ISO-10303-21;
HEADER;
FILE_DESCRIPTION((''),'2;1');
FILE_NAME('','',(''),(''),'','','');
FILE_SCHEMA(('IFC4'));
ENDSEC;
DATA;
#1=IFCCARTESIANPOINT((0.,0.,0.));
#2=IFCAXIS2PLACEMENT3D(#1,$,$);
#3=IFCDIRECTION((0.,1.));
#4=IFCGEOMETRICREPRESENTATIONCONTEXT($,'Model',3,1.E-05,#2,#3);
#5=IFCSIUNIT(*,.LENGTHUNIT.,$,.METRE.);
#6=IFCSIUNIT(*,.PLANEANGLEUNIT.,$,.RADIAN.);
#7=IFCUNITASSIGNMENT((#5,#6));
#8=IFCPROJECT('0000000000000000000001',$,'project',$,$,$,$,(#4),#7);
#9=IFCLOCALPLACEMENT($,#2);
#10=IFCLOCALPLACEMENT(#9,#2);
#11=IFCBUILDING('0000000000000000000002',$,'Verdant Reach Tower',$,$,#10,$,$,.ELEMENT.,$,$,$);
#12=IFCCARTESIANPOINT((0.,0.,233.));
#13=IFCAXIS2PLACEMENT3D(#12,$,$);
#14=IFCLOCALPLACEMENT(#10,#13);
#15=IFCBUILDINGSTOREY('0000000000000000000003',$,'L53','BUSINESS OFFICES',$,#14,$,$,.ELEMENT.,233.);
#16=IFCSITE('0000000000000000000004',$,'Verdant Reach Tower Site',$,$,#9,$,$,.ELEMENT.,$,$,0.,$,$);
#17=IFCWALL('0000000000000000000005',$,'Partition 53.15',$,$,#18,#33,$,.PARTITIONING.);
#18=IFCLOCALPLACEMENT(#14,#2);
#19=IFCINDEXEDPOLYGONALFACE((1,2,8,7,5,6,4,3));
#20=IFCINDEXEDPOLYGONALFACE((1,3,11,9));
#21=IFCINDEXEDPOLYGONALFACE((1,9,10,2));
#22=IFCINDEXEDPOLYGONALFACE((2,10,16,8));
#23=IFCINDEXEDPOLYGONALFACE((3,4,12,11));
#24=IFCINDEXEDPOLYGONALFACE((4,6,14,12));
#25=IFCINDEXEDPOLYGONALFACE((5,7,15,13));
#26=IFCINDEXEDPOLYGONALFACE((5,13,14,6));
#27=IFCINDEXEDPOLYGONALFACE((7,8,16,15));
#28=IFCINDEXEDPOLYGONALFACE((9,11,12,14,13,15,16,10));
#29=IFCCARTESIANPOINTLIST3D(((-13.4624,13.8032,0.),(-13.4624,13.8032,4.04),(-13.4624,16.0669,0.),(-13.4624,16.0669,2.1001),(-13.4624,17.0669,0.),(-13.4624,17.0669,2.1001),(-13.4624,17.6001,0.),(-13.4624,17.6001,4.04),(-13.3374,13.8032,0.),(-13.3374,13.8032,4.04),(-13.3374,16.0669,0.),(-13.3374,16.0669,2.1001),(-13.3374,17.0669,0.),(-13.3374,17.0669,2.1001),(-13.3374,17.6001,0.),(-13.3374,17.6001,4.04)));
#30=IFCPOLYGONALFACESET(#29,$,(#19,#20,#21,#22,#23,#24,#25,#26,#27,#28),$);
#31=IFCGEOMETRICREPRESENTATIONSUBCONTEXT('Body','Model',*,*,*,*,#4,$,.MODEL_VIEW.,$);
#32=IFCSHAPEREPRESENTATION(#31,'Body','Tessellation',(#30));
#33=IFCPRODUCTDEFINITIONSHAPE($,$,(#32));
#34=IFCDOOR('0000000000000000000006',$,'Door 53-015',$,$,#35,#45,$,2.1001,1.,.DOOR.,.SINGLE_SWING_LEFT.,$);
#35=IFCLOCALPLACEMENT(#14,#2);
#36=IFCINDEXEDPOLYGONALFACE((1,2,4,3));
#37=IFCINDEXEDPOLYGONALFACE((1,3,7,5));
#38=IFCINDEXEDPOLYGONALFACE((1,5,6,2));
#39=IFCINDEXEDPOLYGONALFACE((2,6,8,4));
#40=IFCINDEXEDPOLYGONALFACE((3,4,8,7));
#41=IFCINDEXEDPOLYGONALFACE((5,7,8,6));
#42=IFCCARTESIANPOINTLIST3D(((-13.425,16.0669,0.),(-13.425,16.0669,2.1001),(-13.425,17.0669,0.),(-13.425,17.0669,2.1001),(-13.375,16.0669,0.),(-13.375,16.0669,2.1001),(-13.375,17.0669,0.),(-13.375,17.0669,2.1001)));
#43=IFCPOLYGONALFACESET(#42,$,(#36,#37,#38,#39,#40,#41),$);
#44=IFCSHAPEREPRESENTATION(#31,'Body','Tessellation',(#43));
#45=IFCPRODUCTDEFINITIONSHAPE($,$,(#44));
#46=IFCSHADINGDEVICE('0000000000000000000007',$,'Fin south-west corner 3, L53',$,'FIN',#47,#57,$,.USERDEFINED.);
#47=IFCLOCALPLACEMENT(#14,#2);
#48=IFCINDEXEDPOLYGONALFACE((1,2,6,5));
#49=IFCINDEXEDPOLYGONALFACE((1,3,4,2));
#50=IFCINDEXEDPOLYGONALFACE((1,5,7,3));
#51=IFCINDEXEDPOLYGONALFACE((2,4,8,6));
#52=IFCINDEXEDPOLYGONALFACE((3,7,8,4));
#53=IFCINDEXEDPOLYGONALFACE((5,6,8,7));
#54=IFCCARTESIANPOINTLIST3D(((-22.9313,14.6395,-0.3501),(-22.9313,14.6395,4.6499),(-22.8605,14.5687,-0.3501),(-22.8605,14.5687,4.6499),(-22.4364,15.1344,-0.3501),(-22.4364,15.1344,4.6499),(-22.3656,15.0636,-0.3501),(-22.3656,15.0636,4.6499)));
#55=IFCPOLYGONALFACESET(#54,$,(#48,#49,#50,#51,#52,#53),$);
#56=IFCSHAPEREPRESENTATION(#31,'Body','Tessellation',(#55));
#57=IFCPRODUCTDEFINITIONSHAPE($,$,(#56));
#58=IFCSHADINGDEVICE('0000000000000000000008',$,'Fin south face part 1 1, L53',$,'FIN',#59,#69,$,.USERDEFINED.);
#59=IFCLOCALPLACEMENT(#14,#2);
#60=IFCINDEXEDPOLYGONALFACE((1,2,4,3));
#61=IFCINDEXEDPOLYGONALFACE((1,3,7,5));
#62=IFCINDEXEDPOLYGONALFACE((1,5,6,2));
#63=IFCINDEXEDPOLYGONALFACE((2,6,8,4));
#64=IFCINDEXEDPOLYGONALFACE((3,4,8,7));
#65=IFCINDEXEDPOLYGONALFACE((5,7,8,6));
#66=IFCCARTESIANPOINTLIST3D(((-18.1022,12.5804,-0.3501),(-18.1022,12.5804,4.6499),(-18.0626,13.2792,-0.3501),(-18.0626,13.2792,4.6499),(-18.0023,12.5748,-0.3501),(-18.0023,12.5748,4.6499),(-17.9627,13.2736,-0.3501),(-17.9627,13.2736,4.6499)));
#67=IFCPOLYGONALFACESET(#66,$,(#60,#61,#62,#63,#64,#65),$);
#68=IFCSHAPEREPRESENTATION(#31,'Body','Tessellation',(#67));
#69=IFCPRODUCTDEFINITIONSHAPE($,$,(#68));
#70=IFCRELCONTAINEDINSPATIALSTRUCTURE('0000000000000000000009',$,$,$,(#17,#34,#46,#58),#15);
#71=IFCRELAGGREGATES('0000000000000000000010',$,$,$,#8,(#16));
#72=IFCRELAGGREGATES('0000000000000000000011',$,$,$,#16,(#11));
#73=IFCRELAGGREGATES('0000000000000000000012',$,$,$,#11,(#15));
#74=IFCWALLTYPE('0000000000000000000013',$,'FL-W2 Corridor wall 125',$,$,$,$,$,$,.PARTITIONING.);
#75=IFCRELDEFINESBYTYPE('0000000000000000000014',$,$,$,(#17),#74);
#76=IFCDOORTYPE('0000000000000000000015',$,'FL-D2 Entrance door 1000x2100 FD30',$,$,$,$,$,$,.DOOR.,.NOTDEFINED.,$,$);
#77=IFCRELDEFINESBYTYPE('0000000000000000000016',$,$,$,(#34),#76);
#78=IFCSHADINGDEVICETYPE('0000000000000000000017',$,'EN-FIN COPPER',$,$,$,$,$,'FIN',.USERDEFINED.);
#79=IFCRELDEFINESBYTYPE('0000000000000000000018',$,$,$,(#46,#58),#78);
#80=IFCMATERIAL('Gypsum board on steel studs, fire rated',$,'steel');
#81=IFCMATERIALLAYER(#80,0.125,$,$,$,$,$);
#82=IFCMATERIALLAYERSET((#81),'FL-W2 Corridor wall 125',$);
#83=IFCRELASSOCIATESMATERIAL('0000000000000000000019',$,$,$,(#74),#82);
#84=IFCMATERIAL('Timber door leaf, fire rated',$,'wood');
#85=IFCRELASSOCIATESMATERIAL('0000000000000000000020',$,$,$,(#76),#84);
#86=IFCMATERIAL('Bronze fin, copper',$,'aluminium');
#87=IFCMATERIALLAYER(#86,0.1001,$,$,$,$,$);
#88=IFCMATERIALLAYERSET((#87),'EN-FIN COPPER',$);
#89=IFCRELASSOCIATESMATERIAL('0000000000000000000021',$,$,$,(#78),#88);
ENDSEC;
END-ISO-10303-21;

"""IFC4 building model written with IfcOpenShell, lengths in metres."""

from ifc_helpers import new_model, si_unit, direction, frame, frame_2d, origin, origin_2d, place, context, subcontext, project, spatial, rectangle, extrude, material, layer, layer_set, type_object, element, fill, save


model = new_model("IFC4")

# Units and contexts
model_context = context("Model", 3, precision=1e-05, world=origin(), true_north=direction((0.0, 1.0)))
body_context = subcontext(model_context, "Body", "Model", "MODEL_VIEW")
ifc_project = project(units=[si_unit("LENGTHUNIT", "METRE"), si_unit("PLANEANGLEUNIT", "RADIAN")], contexts=[model_context])

# Site, building, storey
site_placement = place(None, origin())
site = spatial("IfcSite", under=ifc_project, at=site_placement, Name="Verdant Reach Tower Site", CompositionType="ELEMENT", RefElevation=0.0)
building_placement = place(site_placement, origin())
building = spatial("IfcBuilding", under=site, at=building_placement, Name="Verdant Reach Tower", CompositionType="ELEMENT")
storey_placement = place(building_placement, frame((0.0, 0.0, 233.0)))
storey = spatial("IfcBuildingStorey", under=building, at=storey_placement, Name="L53", Description="BUSINESS OFFICES", CompositionType="ELEMENT", Elevation=233.0)

# Wall, opening, door
ifc_material_1 = material(Name="Gypsum board on steel studs, fire rated", Category="steel")
ifc_layer_1 = layer(ifc_material_1, 0.125)
ifc_layer_set_1 = layer_set([ifc_layer_1], Name="FL-W2 Corridor wall 125")
wall_type = type_object("IfcWallType", Name="FL-W2 Corridor wall 125", PredefinedType="PARTITIONING", material=ifc_layer_set_1)
ifc_material_2 = material(Name="Timber door leaf, fire rated", Category="wood")
door_type = type_object("IfcDoorType", Name="FL-D2 Entrance door 1000x2100 FD30", OperationType="NOTDEFINED", PredefinedType="DOOR", material=ifc_material_2)
wall_1_placement = place(storey_placement, frame((-13.3999, 17.6001, 0.0), z_axis=(0.0, 0.0, 1.0), x_axis=(0.0, -1.0, 0.0)))
wall_1 = element("IfcWall", 1, at=wall_1_placement, inside=storey, type_object=wall_type, Name="Partition 53.15", PredefinedType="PARTITIONING", context=body_context, shape_type="SweptSolid", body=[
    extrude(rectangle(XDim=3.7969, YDim=0.125, at=frame_2d((1.8984, 0.0))), origin(), (0.0, 0.0, 1.0), 4.04),
])
opening_1_placement = place(wall_1_placement, frame((0.5332, 0.0, 0.0)))
opening_1 = element("IfcOpeningElement", 2, at=opening_1_placement, cuts=wall_1, PredefinedType="OPENING", context=body_context, shape_type="SweptSolid", body=[
    extrude(rectangle(XDim=1.0, YDim=2.1001, at=frame_2d((0.5, 1.05))), frame((0.0, 0.0725, 0.0), z_axis=(0.0, -1.0, 0.0), x_axis=(1.0, 0.0, 0.0)), (0.0, 0.0, 1.0), 0.145),
])
door_1_placement = place(opening_1_placement, origin())
door_1 = element("IfcDoor", 3, at=door_1_placement, inside=storey, type_object=door_type, Name="Door 53-015", OperationType="SINGLE_SWING_LEFT", OverallHeight=2.1001, OverallWidth=1.0, PredefinedType="DOOR", context=body_context, shape_type="SweptSolid", body=[
    extrude(rectangle(XDim=1.0, YDim=2.1001, at=frame_2d((0.5, 1.05))), frame((0.0, 0.0249, 0.0), z_axis=(0.0, -1.0, 0.0), x_axis=(1.0, 0.0, 0.0)), (0.0, 0.0, 1.0), 0.05),
])
fill(opening_1, door_1)

# Shading devices
ifc_material_3 = material(Name="Bronze fin, copper", Category="aluminium")
ifc_layer_2 = layer(ifc_material_3, 0.1001)
ifc_layer_set_2 = layer_set([ifc_layer_2], Name="EN-FIN COPPER")
shading_device_type = type_object("IfcShadingDeviceType", Name="EN-FIN COPPER", ElementType="FIN", PredefinedType="USERDEFINED", material=ifc_layer_set_2)
for number, where, z_axis, x_axis, name in (
    (4, (-22.6484, 14.8516, -0.3501), (0.0, 0.0, 1.0), (0.707107, -0.707107, 0.0), "Fin south-west corner 3, L53"),
    (5, (-18.0325, 12.927, -0.3501), (0.0, 0.0, 1.0), (0.998399, -0.056569, 0.0), "Fin south face part 1 1, L53"),
):
    element("IfcShadingDevice", number, at=place(storey_placement, frame(where, z_axis=z_axis, x_axis=x_axis)), inside=storey, type_object=shading_device_type, Name=name, ObjectType="FIN", PredefinedType="USERDEFINED", context=body_context, shape_type="SweptSolid", body=[
        extrude(rectangle(XDim=0.1001, YDim=0.7, at=origin_2d()), origin(), (0.0, 0.0, 1.0), 5.0),
    ])

save(model, "model.ifc")
